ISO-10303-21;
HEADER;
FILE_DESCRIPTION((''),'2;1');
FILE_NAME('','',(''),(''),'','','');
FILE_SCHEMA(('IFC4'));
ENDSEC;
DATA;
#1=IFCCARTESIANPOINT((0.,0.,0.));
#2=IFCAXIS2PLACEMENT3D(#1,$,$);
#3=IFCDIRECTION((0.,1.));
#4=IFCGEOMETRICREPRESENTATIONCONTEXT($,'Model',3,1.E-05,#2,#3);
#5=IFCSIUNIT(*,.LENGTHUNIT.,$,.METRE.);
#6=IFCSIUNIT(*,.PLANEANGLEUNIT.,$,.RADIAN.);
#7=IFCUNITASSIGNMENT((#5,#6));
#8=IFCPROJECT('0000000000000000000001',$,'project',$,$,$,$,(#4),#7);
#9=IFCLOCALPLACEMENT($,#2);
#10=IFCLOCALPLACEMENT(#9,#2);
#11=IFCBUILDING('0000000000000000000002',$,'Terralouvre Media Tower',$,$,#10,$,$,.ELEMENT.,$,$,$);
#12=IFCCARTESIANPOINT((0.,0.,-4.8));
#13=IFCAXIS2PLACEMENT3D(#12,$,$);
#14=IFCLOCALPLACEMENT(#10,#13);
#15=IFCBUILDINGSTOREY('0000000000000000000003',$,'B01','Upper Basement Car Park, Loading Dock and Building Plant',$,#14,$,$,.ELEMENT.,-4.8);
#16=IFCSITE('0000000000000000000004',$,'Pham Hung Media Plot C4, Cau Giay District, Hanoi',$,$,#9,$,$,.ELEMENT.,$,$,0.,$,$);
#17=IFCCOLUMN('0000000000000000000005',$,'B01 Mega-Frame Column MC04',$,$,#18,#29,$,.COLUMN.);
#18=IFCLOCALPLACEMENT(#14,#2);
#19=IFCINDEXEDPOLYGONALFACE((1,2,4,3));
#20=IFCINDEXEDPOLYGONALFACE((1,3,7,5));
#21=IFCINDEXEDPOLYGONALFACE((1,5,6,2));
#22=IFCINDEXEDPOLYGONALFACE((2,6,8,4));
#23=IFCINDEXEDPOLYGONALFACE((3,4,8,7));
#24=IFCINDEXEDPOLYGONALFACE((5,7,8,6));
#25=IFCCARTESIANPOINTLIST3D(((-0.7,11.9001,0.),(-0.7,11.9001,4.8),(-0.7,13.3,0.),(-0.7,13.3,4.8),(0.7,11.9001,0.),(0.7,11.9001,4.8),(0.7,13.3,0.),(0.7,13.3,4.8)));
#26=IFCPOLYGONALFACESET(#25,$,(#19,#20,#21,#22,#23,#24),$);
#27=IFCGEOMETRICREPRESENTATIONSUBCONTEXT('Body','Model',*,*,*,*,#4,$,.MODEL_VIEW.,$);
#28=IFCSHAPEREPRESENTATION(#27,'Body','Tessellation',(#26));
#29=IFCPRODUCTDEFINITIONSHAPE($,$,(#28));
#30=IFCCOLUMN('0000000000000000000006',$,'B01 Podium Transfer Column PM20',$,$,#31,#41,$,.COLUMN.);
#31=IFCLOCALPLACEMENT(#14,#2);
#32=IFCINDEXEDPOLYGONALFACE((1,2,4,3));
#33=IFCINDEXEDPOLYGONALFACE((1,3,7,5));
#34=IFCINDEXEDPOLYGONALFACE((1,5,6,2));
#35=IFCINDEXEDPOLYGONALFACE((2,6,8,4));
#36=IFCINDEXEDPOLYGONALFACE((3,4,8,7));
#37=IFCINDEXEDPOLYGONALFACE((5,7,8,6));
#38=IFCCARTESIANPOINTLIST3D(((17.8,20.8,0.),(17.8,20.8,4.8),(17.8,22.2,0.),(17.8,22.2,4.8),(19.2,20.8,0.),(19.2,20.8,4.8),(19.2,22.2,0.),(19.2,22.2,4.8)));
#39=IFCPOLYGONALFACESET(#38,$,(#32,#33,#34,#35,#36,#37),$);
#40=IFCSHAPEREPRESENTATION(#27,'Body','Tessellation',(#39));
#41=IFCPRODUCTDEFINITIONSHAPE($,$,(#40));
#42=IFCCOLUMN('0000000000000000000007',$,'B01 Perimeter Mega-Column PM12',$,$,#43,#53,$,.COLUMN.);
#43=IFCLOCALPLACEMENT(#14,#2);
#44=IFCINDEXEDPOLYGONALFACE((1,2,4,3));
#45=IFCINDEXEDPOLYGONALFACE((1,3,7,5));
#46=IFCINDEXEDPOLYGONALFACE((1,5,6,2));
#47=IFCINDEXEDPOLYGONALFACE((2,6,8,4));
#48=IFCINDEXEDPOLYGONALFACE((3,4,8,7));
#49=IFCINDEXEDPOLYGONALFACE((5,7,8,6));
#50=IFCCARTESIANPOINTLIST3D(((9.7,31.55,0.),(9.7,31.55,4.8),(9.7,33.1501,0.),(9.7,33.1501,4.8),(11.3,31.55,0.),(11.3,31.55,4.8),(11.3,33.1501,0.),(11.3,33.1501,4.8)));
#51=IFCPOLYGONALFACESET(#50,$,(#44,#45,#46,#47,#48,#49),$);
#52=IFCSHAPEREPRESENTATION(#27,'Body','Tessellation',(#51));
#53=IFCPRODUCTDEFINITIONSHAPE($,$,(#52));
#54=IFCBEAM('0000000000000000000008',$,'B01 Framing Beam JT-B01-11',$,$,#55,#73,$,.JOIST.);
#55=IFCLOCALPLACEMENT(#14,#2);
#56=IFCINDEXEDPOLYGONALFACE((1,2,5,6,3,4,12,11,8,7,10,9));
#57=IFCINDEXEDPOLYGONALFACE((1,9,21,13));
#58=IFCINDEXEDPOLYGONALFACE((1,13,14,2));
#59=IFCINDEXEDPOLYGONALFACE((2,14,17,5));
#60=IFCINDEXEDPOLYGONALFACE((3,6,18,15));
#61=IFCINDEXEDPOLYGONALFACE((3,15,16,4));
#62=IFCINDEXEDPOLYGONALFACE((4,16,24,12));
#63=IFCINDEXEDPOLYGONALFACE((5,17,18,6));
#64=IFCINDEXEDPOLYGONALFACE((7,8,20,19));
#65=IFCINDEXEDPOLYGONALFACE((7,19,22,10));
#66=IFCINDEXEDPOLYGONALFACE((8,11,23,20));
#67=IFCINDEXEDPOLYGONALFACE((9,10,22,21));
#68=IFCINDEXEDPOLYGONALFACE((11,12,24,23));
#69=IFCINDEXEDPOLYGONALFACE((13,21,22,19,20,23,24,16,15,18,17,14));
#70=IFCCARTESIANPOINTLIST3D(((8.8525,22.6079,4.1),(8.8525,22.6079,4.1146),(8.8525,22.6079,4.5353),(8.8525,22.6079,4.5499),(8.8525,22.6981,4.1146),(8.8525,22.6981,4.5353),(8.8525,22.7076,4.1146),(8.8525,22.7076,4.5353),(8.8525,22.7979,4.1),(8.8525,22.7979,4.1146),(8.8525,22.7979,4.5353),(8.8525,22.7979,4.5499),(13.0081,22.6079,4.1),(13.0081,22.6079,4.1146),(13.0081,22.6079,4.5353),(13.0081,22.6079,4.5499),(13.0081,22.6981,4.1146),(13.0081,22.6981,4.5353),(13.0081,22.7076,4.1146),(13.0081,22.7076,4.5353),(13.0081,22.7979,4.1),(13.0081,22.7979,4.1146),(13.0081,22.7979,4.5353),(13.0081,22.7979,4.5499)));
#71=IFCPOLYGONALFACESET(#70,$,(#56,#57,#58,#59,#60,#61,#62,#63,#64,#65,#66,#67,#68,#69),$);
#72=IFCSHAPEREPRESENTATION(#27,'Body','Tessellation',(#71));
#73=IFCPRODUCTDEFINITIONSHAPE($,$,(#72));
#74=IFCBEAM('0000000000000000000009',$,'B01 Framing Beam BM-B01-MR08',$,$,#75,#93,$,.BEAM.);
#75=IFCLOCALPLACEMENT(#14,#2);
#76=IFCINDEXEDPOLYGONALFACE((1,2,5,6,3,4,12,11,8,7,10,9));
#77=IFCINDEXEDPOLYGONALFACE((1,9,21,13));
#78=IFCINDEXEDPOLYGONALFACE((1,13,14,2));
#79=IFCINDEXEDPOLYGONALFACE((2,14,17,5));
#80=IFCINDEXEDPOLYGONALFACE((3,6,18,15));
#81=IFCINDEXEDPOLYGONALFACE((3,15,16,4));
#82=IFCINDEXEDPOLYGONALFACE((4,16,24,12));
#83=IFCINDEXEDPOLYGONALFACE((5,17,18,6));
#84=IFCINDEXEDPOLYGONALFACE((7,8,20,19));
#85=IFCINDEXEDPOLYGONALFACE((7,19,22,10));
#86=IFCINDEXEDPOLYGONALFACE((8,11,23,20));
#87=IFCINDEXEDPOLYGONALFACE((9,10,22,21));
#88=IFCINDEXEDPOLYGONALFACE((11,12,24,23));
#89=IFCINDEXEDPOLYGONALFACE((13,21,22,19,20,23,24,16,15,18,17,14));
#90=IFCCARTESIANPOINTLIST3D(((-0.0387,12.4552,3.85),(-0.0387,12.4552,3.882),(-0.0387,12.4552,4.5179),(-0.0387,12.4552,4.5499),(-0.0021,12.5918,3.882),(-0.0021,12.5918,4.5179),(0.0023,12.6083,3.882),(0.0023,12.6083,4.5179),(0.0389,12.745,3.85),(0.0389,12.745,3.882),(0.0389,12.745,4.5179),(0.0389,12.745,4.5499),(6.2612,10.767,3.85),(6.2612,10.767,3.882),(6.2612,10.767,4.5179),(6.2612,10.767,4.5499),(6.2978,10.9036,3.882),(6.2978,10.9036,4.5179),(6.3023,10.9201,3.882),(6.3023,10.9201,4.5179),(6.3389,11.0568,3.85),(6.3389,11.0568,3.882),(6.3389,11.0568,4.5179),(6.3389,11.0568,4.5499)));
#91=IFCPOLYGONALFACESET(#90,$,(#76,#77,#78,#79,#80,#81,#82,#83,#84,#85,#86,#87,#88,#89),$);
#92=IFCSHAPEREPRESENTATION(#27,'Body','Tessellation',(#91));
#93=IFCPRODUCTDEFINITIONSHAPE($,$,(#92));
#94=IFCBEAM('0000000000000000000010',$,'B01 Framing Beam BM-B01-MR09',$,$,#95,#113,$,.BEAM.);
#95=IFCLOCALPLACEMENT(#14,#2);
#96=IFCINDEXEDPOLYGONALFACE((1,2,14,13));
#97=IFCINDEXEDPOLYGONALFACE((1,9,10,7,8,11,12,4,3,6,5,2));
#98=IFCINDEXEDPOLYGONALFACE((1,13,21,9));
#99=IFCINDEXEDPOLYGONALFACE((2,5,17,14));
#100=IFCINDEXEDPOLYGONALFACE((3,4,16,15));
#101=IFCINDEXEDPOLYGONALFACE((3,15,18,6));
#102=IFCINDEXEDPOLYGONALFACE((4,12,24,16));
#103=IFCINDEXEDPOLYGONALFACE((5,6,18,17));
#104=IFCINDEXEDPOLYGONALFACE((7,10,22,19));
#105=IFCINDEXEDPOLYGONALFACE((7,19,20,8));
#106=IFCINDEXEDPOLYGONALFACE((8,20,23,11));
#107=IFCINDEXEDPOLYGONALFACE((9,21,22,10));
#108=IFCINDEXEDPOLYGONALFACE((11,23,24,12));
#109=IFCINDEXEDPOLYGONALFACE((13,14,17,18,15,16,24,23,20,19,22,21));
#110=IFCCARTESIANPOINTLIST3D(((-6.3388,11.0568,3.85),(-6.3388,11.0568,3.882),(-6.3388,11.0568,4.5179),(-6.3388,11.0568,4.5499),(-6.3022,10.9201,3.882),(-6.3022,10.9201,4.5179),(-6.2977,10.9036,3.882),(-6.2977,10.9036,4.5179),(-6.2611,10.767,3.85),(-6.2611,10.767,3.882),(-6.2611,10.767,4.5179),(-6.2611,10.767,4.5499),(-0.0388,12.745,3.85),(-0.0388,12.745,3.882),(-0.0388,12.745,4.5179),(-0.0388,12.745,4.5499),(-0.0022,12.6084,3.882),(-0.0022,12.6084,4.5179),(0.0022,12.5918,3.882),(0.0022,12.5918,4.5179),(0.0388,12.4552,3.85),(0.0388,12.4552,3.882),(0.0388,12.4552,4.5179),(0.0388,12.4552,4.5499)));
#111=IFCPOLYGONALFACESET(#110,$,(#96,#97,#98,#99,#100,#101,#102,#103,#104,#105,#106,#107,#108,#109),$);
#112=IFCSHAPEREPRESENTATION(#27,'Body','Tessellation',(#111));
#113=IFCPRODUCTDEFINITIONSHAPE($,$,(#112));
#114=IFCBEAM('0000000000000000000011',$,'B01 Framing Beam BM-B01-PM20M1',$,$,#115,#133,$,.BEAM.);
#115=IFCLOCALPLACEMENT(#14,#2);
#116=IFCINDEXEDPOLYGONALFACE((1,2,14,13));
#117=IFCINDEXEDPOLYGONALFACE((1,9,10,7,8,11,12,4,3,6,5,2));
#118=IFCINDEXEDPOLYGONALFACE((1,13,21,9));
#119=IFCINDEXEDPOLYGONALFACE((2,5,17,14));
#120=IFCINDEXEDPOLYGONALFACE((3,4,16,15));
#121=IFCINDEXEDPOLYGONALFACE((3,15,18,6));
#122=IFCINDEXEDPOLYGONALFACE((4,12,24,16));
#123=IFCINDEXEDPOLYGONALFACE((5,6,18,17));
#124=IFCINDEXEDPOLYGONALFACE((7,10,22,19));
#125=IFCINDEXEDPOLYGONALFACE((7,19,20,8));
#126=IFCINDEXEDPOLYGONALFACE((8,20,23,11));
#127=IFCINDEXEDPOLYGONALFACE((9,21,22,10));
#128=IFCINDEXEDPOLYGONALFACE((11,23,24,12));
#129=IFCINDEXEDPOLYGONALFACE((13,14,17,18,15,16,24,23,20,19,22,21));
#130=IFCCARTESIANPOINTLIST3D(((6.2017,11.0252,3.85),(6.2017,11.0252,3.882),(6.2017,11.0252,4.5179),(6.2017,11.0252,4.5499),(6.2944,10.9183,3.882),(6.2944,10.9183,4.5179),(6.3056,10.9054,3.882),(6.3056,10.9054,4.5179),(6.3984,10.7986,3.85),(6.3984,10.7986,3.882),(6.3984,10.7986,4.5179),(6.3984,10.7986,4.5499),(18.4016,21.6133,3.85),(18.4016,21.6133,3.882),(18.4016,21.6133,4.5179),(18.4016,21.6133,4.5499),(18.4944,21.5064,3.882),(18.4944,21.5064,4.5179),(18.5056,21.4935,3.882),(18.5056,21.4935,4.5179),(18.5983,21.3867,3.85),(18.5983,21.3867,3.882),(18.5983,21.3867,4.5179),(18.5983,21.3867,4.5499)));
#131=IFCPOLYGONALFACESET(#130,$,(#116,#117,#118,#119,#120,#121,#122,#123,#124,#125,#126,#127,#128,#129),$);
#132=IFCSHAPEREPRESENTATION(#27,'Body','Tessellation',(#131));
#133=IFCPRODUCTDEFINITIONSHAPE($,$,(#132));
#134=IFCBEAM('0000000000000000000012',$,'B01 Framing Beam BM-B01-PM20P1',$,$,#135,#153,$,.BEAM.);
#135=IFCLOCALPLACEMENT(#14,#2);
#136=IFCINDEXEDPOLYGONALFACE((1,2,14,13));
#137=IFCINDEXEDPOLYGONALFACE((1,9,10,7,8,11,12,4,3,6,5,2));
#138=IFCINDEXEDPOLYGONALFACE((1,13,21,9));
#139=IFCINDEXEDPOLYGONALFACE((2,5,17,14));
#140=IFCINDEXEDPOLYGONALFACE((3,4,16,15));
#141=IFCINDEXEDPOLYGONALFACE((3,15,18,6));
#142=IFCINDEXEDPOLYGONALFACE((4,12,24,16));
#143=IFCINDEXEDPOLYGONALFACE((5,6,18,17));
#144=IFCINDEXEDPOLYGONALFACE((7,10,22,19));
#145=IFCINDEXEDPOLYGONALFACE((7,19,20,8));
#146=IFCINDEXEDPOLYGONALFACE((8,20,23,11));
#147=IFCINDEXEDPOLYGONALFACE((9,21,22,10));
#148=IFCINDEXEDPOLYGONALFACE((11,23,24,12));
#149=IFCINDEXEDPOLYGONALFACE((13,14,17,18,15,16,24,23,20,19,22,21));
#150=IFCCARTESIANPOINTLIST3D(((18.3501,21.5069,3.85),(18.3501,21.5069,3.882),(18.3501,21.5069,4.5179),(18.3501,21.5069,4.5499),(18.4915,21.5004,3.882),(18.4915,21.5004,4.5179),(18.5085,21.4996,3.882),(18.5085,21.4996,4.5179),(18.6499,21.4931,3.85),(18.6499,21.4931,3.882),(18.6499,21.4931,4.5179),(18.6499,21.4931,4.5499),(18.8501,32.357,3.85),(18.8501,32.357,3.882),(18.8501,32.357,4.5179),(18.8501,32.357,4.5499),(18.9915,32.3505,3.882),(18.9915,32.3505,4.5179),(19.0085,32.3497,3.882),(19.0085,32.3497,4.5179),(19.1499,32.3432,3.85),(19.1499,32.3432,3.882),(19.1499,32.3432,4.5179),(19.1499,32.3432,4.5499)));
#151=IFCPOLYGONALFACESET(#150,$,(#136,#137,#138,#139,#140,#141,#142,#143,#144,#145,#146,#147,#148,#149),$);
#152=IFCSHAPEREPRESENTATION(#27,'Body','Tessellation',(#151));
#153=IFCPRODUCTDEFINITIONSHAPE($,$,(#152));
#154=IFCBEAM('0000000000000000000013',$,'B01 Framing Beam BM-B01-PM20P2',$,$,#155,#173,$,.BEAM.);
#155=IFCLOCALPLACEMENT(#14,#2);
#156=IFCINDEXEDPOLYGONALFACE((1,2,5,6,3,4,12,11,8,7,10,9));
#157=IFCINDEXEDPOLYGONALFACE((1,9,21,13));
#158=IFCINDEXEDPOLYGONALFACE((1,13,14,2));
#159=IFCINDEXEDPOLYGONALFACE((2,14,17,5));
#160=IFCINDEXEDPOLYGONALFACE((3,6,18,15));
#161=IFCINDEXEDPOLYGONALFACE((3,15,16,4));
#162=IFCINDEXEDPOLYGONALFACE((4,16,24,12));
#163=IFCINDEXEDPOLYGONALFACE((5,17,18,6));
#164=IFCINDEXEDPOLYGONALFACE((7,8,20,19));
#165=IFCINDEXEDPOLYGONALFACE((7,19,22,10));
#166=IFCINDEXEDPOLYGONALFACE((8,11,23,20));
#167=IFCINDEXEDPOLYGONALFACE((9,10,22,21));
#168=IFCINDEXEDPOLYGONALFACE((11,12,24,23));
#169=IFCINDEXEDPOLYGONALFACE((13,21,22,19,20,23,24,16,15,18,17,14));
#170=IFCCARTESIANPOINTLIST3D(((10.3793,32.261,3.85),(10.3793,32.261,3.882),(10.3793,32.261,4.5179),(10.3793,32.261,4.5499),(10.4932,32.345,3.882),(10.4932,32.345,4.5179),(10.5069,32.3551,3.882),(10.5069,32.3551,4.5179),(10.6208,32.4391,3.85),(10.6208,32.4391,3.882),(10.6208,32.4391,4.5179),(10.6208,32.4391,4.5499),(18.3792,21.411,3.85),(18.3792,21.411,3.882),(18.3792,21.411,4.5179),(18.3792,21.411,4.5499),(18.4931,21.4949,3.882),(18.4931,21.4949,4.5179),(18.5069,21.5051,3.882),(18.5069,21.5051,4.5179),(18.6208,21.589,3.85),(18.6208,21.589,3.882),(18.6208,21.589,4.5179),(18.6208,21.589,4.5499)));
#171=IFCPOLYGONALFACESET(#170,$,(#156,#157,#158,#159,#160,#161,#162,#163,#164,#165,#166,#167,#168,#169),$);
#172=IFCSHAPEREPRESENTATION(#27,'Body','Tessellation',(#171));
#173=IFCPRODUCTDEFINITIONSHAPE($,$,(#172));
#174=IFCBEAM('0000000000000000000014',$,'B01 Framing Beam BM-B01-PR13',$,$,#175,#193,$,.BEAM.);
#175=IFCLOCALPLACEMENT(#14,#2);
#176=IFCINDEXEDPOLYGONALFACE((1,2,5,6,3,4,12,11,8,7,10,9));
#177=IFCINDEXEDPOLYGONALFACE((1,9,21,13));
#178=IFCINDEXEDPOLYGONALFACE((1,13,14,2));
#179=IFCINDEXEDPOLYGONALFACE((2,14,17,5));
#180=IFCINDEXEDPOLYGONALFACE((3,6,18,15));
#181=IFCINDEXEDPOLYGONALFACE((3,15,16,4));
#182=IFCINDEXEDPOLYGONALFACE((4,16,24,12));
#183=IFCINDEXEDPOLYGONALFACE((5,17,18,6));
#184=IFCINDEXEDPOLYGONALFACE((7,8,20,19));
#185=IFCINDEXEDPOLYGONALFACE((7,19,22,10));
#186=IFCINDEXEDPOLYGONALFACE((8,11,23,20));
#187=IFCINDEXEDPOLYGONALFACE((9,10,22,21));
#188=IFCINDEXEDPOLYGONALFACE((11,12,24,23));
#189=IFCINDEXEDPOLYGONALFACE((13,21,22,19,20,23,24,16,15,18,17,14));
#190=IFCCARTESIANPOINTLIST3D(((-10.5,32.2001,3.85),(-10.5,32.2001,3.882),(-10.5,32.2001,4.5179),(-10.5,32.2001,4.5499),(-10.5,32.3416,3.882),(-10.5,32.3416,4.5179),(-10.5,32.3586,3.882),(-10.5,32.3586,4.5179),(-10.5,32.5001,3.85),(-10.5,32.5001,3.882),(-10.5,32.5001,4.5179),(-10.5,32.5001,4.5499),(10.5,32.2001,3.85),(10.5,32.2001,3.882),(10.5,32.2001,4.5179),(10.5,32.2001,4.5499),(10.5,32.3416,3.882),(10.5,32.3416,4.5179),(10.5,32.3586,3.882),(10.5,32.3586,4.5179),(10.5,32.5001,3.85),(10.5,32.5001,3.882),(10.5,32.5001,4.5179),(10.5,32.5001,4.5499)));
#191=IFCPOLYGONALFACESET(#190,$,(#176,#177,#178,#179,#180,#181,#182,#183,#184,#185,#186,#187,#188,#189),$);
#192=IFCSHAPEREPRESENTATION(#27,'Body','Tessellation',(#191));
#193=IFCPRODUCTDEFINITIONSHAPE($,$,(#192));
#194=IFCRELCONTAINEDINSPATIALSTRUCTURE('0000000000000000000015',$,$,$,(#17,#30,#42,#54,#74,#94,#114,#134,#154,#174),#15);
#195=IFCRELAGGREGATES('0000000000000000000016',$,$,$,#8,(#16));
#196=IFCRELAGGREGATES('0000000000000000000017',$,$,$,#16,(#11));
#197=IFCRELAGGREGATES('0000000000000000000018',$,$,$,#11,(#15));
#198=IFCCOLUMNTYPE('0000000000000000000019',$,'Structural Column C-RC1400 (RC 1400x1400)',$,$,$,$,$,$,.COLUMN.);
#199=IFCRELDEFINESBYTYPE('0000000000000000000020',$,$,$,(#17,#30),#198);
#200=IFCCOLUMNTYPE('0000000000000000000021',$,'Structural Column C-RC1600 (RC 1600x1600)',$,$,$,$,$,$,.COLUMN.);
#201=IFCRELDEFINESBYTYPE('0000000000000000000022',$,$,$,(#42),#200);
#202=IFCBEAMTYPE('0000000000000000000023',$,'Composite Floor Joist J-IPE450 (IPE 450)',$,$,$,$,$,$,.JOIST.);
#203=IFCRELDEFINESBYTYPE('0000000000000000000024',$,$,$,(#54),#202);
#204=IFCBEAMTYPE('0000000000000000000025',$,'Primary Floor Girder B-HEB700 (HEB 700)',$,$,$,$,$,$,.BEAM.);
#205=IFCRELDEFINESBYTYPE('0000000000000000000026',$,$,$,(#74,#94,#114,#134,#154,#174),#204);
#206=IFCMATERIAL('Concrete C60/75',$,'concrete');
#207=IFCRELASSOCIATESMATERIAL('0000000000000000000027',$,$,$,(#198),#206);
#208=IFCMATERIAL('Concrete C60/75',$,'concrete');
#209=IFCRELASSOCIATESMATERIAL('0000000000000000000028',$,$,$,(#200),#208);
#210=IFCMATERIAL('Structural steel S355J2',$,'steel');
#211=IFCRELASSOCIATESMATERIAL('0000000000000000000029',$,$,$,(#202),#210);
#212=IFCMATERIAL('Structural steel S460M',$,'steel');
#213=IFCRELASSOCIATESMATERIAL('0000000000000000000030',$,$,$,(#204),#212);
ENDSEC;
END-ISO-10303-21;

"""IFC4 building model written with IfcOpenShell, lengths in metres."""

from ifc_helpers import new_model, si_unit, direction, frame, origin, origin_2d, place, context, subcontext, project, spatial, rectangle, i_section, extrude, material, material_profile, profile_set, type_object, element, save


model = new_model("IFC4")

# Units and contexts
model_context = context("Model", 3, precision=1e-05, world=origin(), true_north=direction((0.0, 1.0)))
body_context = subcontext(model_context, "Body", "Model", "MODEL_VIEW")
ifc_project = project(units=[si_unit("LENGTHUNIT", "METRE"), si_unit("PLANEANGLEUNIT", "RADIAN")], contexts=[model_context])

# Site, building, storey
site_placement = place(None, origin())
site = spatial("IfcSite", under=ifc_project, at=site_placement, Name="Pham Hung Media Plot C4, Cau Giay District, Hanoi", CompositionType="ELEMENT", RefElevation=0.0)
building_placement = place(site_placement, origin())
building = spatial("IfcBuilding", under=site, at=building_placement, Name="Terralouvre Media Tower", CompositionType="ELEMENT")
storey_placement = place(building_placement, frame((0.0, 0.0, -4.8)))
storey = spatial("IfcBuildingStorey", under=building, at=storey_placement, Name="B01", Description="Upper Basement Car Park, Loading Dock and Building Plant", CompositionType="ELEMENT", Elevation=-4.8)

# Columns
ifc_material_1 = material(Name="Concrete C60/75", Category="concrete")
ifc_material_profile_1 = material_profile(ifc_material_1, rectangle(XDim=1.3999, YDim=1.3999, at=origin_2d()), Name="RC 1400x1400")
ifc_profile_set_1 = profile_set([ifc_material_profile_1], Name="Concrete C60/75")
column_type_1 = type_object("IfcColumnType", Name="Structural Column C-RC1400 (RC 1400x1400)", PredefinedType="COLUMN", material=ifc_profile_set_1)
for number, where, z_axis, x_axis, name in (
    (1, (0.0, 12.6001, 0.0), (0.0, 0.0, 1.0), (1.0, 0.0, 0.0), "B01 Mega-Frame Column MC04"),
    (2, (18.5, 21.5, 0.0), (0.0, 0.0, 1.0), (1.0, 0.0, 0.0), "B01 Podium Transfer Column PM20"),
):
    element("IfcColumn", number, at=place(storey_placement, frame(where, z_axis=z_axis, x_axis=x_axis)), inside=storey, type_object=column_type_1, Name=name, PredefinedType="COLUMN", context=body_context, shape_type="SweptSolid", body=[
        extrude(rectangle(XDim=1.3999, YDim=1.3999, at=origin_2d()), origin(), (0.0, 0.0, 1.0), 4.8),
    ])
ifc_material_2 = material(Name="Concrete C60/75", Category="concrete")
ifc_material_profile_2 = material_profile(ifc_material_2, rectangle(XDim=1.6001, YDim=1.6001, at=origin_2d()), Name="RC 1600x1600")
ifc_profile_set_2 = profile_set([ifc_material_profile_2], Name="Concrete C60/75")
column_type_2 = type_object("IfcColumnType", Name="Structural Column C-RC1600 (RC 1600x1600)", PredefinedType="COLUMN", material=ifc_profile_set_2)
column_placement = place(storey_placement, frame((10.5, 32.3501, 0.0), z_axis=(0.0, 0.0, 1.0), x_axis=(1.0, 0.0, 0.0)))
element("IfcColumn", 3, at=column_placement, inside=storey, type_object=column_type_2, Name="B01 Perimeter Mega-Column PM12", PredefinedType="COLUMN", context=body_context, shape_type="SweptSolid", body=[
    extrude(rectangle(XDim=1.6001, YDim=1.6001, at=origin_2d()), origin(), (0.0, 0.0, 1.0), 4.8),
])

# Beams
ifc_material_3 = material(Name="Structural steel S355J2", Category="steel")
ifc_material_profile_3 = material_profile(ifc_material_3, i_section(OverallWidth=0.1899, OverallDepth=0.45, WebThickness=0.0095, FlangeThickness=0.0146, at=origin_2d()), Name="IPE 450")
ifc_profile_set_3 = profile_set([ifc_material_profile_3], Name="Structural steel S355J2")
beam_type_1 = type_object("IfcBeamType", Name="Composite Floor Joist J-IPE450 (IPE 450)", PredefinedType="JOIST", material=ifc_profile_set_3)
beam_1_placement = place(storey_placement, frame((13.0081, 22.7029, 4.325), z_axis=(-1.0, 0.0, 0.0), x_axis=(0.0, -1.0, 0.0)))
element("IfcBeam", 4, at=beam_1_placement, inside=storey, type_object=beam_type_1, Name="B01 Framing Beam JT-B01-11", PredefinedType="JOIST", context=body_context, shape_type="SweptSolid", body=[
    extrude(i_section(OverallWidth=0.1899, OverallDepth=0.45, WebThickness=0.0095, FlangeThickness=0.0146, at=origin_2d()), origin(), (0.0, 0.0, 1.0), 4.1555),
])
ifc_material_4 = material(Name="Structural steel S460M", Category="steel")
ifc_material_profile_4 = material_profile(ifc_material_4, i_section(OverallWidth=0.3, OverallDepth=0.7, WebThickness=0.0171, FlangeThickness=0.032, at=origin_2d()), Name="HEB 700")
ifc_profile_set_4 = profile_set([ifc_material_profile_4], Name="Structural steel S460M")
beam_type_2 = type_object("IfcBeamType", Name="Primary Floor Girder B-HEB700 (HEB 700)", PredefinedType="BEAM", material=ifc_profile_set_4)
for number, where, z_axis, x_axis, name in (
    (5, (6.3, 10.9119, 4.2), (-0.96592, 0.258839, 0.0), (-0.258839, -0.96592, 0.0), "B01 Framing Beam BM-B01-MR08"),
    (6, (0.0, 12.6001, 4.2), (-0.96592, -0.258839, 0.0), (0.258839, -0.96592, 0.0), "B01 Framing Beam BM-B01-MR09"),
):
    element("IfcBeam", number, at=place(storey_placement, frame(where, z_axis=z_axis, x_axis=x_axis)), inside=storey, type_object=beam_type_2, Name=name, PredefinedType="BEAM", context=body_context, shape_type="SweptSolid", body=[
        extrude(i_section(OverallWidth=0.3, OverallDepth=0.7, WebThickness=0.0171, FlangeThickness=0.032, at=origin_2d()), origin(), (0.0, 0.0, 1.0), 6.5222),
    ])
beam_2_placement = place(storey_placement, frame((6.3, 10.9119, 4.2), z_axis=(0.755234, 0.655455, 0.0), x_axis=(-0.655455, 0.755234, 0.0)))
element("IfcBeam", 7, at=beam_2_placement, inside=storey, type_object=beam_type_2, Name="B01 Framing Beam BM-B01-PM20M1", PredefinedType="BEAM", context=body_context, shape_type="SweptSolid", body=[
    extrude(i_section(OverallWidth=0.3, OverallDepth=0.7, WebThickness=0.0171, FlangeThickness=0.032, at=origin_2d()), origin(), (0.0, 0.0, 1.0), 16.1538),
])
beam_3_placement = place(storey_placement, frame((18.5, 21.5, 4.2), z_axis=(0.046034, 0.99894, 0.0), x_axis=(-0.99894, 0.046034, 0.0)))
element("IfcBeam", 8, at=beam_3_placement, inside=storey, type_object=beam_type_2, Name="B01 Framing Beam BM-B01-PM20P1", PredefinedType="BEAM", context=body_context, shape_type="SweptSolid", body=[
    extrude(i_section(OverallWidth=0.3, OverallDepth=0.7, WebThickness=0.0171, FlangeThickness=0.032, at=origin_2d()), origin(), (0.0, 0.0, 1.0), 10.8616),
])
beam_4_placement = place(storey_placement, frame((18.5, 21.5, 4.2), z_axis=(-0.593449, 0.804872, 0.0), x_axis=(-0.804872, -0.593449, 0.0)))
element("IfcBeam", 9, at=beam_4_placement, inside=storey, type_object=beam_type_2, Name="B01 Framing Beam BM-B01-PM20P2", PredefinedType="BEAM", context=body_context, shape_type="SweptSolid", body=[
    extrude(i_section(OverallWidth=0.3, OverallDepth=0.7, WebThickness=0.0171, FlangeThickness=0.032, at=origin_2d()), origin(), (0.0, 0.0, 1.0), 13.4805),
])
beam_5_placement = place(storey_placement, frame((10.5, 32.3501, 4.2), z_axis=(-1.0, 0.0, 0.0), x_axis=(0.0, -1.0, 0.0)))
element("IfcBeam", 10, at=beam_5_placement, inside=storey, type_object=beam_type_2, Name="B01 Framing Beam BM-B01-PR13", PredefinedType="BEAM", context=body_context, shape_type="SweptSolid", body=[
    extrude(i_section(OverallWidth=0.3, OverallDepth=0.7, WebThickness=0.0171, FlangeThickness=0.032, at=origin_2d()), origin(), (0.0, 0.0, 1.0), 21.0),
])

save(model, "model.ifc")
